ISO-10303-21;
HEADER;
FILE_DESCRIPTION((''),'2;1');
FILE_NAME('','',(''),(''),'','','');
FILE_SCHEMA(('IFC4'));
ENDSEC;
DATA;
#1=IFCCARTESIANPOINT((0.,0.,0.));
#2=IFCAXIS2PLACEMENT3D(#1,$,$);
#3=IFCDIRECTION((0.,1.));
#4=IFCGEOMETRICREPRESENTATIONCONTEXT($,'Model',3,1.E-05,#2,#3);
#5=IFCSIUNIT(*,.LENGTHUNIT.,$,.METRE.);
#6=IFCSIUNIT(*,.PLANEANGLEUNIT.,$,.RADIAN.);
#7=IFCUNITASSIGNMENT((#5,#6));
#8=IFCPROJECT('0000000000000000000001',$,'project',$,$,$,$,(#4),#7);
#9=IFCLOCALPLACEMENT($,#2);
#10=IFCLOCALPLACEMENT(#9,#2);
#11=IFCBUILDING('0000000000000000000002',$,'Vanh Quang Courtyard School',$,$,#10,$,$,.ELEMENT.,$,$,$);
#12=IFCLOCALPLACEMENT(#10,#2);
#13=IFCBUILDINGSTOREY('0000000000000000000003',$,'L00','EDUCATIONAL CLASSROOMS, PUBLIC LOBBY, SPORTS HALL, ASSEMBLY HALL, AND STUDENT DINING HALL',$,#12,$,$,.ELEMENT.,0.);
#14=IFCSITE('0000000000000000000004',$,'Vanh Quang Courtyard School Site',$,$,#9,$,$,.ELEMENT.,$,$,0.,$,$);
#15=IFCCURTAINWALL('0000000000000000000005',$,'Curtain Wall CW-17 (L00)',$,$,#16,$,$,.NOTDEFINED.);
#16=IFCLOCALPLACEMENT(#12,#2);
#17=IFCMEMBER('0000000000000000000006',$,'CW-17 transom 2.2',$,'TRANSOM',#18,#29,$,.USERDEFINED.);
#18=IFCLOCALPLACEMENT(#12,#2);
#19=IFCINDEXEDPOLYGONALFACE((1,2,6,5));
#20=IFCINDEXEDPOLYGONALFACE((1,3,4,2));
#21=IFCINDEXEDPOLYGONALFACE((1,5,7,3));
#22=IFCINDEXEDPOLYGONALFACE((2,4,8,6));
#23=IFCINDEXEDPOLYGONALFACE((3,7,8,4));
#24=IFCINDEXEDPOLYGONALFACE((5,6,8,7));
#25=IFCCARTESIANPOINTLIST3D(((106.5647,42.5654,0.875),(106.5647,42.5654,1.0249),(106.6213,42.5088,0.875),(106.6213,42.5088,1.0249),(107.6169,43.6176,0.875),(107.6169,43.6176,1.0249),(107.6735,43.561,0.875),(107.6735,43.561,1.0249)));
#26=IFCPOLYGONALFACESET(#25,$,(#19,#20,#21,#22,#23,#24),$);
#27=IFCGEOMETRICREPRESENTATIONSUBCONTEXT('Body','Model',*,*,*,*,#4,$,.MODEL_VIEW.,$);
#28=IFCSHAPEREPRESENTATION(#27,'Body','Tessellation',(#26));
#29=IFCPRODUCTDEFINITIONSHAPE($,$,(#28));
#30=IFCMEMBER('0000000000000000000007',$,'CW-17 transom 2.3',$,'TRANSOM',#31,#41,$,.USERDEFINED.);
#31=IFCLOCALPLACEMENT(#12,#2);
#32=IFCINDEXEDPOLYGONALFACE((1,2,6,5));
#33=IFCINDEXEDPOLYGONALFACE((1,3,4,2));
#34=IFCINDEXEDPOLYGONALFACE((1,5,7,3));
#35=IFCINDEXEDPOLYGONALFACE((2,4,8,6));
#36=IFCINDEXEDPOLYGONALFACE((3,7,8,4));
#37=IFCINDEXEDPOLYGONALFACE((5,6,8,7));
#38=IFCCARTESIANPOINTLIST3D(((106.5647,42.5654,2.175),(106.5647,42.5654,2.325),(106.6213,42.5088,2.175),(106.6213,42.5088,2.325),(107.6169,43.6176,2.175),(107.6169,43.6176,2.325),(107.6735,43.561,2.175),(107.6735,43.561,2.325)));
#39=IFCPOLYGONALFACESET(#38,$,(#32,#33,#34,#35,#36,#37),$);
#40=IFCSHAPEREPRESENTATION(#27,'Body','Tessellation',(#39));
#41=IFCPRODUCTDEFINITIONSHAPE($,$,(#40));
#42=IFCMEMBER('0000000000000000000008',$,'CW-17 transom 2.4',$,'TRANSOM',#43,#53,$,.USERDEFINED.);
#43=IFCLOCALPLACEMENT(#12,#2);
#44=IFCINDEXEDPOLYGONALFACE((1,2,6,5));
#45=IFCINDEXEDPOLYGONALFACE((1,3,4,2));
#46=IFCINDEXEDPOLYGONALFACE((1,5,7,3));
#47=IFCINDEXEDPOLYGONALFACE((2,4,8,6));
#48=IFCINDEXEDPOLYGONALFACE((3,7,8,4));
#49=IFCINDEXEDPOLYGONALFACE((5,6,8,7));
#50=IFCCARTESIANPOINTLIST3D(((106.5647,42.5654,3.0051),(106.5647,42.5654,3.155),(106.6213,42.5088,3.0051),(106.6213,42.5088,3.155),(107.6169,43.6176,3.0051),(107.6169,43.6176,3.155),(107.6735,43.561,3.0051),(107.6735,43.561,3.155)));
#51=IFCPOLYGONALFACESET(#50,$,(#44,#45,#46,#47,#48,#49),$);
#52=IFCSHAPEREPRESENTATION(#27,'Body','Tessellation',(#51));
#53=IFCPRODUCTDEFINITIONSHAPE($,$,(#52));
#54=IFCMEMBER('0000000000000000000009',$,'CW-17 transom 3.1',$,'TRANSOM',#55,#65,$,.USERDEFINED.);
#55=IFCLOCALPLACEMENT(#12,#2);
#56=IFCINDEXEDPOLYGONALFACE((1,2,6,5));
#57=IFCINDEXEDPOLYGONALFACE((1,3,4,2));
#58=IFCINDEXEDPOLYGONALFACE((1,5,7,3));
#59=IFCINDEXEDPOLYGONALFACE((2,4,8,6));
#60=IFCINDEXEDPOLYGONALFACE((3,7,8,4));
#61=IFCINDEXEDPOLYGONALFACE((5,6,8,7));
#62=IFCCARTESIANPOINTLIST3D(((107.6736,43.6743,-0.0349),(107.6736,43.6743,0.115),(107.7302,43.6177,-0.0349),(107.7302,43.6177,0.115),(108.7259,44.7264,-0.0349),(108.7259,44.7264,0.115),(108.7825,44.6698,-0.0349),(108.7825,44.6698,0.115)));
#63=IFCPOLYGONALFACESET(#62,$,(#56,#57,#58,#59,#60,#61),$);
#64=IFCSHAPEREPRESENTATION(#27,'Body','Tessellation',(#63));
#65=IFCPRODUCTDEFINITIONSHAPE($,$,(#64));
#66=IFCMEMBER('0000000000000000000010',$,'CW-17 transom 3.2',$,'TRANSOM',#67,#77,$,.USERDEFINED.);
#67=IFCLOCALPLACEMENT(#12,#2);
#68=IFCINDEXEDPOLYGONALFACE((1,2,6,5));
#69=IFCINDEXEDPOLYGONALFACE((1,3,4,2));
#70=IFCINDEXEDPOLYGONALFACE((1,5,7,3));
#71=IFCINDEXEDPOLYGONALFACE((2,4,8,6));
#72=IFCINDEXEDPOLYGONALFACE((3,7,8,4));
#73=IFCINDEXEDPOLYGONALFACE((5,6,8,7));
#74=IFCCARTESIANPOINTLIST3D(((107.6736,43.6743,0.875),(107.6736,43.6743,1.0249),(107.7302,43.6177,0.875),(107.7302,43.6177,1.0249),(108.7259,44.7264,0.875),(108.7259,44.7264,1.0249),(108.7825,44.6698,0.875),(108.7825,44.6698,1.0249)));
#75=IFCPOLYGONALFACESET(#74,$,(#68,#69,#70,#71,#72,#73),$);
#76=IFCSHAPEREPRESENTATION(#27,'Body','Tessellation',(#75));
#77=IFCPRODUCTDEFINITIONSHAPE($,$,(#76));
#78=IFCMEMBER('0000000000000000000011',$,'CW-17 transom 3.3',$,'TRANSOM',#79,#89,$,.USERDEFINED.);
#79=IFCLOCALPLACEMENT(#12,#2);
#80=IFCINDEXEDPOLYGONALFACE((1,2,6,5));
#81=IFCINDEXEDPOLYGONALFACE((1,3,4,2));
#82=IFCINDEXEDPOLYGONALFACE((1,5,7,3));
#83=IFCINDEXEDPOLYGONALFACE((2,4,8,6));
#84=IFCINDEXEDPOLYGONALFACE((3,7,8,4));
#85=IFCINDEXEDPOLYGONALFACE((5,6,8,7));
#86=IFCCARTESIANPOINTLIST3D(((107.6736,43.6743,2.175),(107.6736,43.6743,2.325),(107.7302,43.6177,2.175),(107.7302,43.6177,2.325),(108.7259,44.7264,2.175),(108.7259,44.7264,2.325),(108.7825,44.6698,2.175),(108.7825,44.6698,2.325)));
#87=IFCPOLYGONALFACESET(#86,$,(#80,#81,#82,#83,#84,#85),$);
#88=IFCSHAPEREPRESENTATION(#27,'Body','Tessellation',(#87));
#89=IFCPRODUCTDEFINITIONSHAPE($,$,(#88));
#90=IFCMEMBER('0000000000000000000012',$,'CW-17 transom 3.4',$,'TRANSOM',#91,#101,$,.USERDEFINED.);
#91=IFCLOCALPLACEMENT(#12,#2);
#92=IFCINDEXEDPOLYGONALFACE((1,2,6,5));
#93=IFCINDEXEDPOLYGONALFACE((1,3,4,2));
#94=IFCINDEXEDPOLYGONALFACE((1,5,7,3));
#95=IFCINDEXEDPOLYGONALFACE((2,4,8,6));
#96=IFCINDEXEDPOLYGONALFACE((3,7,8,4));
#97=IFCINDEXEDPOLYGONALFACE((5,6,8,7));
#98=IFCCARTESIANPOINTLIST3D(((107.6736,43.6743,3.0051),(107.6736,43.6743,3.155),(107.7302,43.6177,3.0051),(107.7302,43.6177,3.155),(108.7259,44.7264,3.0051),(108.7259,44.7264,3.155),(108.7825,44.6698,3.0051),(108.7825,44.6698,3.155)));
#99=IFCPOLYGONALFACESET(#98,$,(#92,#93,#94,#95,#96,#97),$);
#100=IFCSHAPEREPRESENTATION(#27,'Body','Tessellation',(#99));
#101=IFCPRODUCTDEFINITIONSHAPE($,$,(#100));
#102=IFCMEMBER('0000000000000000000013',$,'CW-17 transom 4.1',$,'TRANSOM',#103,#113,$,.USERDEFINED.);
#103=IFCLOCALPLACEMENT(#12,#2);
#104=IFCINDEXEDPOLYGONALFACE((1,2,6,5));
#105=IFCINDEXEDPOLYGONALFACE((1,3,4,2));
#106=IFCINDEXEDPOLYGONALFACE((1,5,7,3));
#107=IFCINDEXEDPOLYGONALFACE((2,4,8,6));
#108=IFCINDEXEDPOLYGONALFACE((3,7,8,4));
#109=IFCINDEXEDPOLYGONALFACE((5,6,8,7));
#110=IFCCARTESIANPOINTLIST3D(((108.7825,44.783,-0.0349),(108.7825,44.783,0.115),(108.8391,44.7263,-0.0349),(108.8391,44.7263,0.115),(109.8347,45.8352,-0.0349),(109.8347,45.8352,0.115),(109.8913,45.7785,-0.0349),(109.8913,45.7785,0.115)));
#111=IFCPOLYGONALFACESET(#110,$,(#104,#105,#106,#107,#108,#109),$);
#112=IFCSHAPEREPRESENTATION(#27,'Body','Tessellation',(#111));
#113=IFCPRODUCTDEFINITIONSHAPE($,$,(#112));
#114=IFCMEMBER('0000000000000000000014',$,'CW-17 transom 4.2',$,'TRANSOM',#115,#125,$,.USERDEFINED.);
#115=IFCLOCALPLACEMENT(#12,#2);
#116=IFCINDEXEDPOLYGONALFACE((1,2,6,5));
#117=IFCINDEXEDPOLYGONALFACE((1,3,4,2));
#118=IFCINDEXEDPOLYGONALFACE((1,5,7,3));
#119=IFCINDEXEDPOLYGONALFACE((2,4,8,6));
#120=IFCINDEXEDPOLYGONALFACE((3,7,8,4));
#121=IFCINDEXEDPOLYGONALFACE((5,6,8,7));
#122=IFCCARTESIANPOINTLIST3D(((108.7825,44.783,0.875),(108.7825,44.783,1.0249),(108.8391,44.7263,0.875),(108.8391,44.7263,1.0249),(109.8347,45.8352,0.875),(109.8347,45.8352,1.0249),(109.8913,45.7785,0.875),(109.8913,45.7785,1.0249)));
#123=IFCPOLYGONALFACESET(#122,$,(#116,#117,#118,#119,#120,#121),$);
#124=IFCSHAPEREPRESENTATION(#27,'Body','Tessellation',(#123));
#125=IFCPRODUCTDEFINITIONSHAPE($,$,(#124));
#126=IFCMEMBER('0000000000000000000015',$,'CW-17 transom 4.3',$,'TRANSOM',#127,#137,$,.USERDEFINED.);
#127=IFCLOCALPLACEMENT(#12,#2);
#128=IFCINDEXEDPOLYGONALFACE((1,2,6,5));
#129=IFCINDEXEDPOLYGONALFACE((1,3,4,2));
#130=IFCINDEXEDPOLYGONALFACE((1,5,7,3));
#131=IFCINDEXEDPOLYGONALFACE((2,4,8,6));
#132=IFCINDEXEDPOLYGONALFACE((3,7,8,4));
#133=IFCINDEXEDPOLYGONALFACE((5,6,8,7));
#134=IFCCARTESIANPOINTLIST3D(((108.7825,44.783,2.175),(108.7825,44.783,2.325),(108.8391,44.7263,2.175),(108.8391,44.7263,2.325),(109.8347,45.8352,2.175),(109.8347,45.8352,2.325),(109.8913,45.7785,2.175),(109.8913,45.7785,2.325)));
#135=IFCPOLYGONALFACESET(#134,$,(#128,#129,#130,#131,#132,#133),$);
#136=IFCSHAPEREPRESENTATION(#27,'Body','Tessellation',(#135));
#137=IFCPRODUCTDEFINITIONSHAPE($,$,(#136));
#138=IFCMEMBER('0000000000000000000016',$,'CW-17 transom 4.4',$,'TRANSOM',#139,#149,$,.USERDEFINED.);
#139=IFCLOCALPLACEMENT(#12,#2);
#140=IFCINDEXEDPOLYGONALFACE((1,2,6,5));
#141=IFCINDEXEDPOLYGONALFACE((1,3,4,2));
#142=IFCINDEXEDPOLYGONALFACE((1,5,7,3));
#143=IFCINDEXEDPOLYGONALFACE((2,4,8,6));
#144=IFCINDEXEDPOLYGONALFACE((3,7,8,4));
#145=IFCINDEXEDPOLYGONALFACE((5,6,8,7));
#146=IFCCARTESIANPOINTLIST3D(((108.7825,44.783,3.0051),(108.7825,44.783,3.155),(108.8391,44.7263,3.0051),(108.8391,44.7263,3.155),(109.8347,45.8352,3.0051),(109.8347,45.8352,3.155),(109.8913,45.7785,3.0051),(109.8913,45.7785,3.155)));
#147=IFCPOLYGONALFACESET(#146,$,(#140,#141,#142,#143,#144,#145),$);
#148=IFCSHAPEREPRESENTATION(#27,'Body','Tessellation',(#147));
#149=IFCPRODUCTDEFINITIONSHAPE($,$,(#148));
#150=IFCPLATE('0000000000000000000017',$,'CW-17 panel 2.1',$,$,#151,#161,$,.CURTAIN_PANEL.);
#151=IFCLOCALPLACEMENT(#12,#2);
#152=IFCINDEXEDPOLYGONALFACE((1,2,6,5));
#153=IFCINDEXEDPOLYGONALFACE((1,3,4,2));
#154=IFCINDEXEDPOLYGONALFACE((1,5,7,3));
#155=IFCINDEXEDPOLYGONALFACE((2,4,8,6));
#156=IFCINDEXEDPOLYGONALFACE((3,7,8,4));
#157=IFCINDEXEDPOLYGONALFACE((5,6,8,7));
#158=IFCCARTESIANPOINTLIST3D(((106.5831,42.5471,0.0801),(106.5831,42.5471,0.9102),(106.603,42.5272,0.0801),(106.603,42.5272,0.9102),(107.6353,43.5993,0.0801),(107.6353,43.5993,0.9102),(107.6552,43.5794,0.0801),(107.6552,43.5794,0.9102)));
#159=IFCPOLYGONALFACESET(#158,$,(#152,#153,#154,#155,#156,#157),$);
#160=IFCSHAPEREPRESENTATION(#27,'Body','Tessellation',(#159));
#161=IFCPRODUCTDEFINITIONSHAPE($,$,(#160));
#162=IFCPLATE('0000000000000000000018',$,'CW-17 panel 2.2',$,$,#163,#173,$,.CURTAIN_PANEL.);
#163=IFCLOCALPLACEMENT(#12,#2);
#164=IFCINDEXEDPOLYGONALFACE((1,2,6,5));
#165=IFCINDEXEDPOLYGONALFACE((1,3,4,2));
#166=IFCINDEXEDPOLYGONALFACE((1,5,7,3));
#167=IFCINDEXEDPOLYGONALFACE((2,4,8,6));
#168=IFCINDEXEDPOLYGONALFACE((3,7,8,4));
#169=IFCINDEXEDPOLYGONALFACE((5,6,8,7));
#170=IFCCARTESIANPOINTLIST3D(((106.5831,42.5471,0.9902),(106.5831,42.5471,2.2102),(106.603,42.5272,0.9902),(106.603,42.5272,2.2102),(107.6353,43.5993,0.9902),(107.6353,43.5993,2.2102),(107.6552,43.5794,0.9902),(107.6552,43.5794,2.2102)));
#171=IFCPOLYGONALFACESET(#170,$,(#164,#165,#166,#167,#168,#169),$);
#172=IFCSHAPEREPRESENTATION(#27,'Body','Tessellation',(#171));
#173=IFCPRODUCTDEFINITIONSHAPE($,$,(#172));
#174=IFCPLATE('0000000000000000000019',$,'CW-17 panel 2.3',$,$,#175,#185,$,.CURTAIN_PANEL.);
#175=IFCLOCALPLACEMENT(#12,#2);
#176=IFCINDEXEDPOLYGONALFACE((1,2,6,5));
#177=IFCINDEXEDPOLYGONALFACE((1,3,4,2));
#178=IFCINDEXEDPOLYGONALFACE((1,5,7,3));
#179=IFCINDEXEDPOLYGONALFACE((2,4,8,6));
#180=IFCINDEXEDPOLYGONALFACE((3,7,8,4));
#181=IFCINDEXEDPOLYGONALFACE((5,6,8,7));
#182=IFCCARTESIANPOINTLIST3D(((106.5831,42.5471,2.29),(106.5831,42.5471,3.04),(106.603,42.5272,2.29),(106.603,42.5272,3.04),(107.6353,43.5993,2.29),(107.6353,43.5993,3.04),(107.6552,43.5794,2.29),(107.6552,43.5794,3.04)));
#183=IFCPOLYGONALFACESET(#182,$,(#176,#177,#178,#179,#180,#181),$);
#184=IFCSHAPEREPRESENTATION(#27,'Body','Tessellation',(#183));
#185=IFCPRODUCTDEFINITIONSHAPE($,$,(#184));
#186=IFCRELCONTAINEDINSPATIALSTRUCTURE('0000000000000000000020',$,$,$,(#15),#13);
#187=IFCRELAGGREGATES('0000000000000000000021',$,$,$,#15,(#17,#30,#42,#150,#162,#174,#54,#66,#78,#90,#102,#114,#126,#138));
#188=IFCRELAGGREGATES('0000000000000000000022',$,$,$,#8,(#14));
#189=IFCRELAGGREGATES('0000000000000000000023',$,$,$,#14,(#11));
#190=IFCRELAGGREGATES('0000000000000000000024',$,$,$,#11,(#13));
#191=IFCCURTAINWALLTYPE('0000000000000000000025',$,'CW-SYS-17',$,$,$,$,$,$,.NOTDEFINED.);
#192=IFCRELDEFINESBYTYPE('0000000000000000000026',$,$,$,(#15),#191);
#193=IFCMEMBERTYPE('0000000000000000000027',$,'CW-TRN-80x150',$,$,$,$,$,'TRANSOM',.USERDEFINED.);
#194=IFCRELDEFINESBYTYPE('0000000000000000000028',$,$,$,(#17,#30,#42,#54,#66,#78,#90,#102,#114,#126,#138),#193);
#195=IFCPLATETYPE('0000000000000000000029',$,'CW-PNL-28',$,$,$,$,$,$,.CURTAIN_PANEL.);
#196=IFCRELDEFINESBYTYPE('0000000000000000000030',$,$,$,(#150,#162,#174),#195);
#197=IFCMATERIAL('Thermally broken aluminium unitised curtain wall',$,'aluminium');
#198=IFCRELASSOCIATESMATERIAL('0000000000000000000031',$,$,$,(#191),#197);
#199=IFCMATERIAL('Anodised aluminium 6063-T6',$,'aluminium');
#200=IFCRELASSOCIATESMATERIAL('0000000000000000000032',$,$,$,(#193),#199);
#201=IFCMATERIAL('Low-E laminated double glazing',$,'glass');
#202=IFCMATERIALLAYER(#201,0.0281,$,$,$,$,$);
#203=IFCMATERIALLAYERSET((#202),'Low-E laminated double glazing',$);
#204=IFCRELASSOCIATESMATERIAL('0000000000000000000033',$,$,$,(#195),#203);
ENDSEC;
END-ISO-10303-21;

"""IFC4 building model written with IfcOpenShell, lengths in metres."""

from ifc_helpers import new_model, si_unit, direction, frame, origin, origin_2d, place, context, subcontext, project, spatial, rectangle, extrude, material, layer, layer_set, material_profile, profile_set, type_object, element, aggregate, save


model = new_model("IFC4")

# Units and contexts
model_context = context("Model", 3, precision=1e-05, world=origin(), true_north=direction((0.0, 1.0)))
body_context = subcontext(model_context, "Body", "Model", "MODEL_VIEW")
ifc_project = project(units=[si_unit("LENGTHUNIT", "METRE"), si_unit("PLANEANGLEUNIT", "RADIAN")], contexts=[model_context])

# Site, building, storey
site_placement = place(None, origin())
site = spatial("IfcSite", under=ifc_project, at=site_placement, Name="Vanh Quang Courtyard School Site", CompositionType="ELEMENT", RefElevation=0.0)
building_placement = place(site_placement, origin())
building = spatial("IfcBuilding", under=site, at=building_placement, Name="Vanh Quang Courtyard School", CompositionType="ELEMENT")
storey_placement = place(building_placement, origin())
storey = spatial("IfcBuildingStorey", under=building, at=storey_placement, Name="L00", Description="EDUCATIONAL CLASSROOMS, PUBLIC LOBBY, SPORTS HALL, ASSEMBLY HALL, AND STUDENT DINING HALL", CompositionType="ELEMENT", Elevation=0.0)

# Curtain wall, members, plates
ifc_material_1 = material(Name="Thermally broken aluminium unitised curtain wall", Category="aluminium")
curtain_wall_type = type_object("IfcCurtainWallType", Name="CW-SYS-17", PredefinedType="NOTDEFINED", material=ifc_material_1)
curtain_wall_placement = place(storey_placement, origin())
curtain_wall = element("IfcCurtainWall", 1, at=curtain_wall_placement, inside=storey, type_object=curtain_wall_type, Name="Curtain Wall CW-17 (L00)", PredefinedType="NOTDEFINED")
ifc_material_2 = material(Name="Anodised aluminium 6063-T6", Category="aluminium")
ifc_material_profile_1 = material_profile(ifc_material_2, rectangle(XDim=0.0801, YDim=0.1499, at=origin_2d()), Name="ALU-TRN 80x150")
ifc_profile_set_1 = profile_set([ifc_material_profile_1], Name="Anodised aluminium 6063-T6")
member_type_1 = type_object("IfcMemberType", Name="CW-TRN-80x150", ElementType="TRANSOM", PredefinedType="USERDEFINED", material=ifc_profile_set_1)
member_1_placement = place(storey_placement, frame((106.593, 42.5371, 0.95), z_axis=(0.707107, 0.707107, 0.0), x_axis=(-0.707107, 0.707107, 0.0)))
member_1 = element("IfcMember", 2, at=member_1_placement, type_object=member_type_1, Name="CW-17 transom 2.2", ObjectType="TRANSOM", PredefinedType="USERDEFINED", context=body_context, shape_type="SweptSolid", body=[
    extrude(rectangle(XDim=0.0801, YDim=0.1499, at=origin_2d()), origin(), (0.0, 0.0, 1.0), 1.488),
])
member_2_placement = place(storey_placement, frame((106.593, 42.5371, 2.25), z_axis=(0.707107, 0.707107, 0.0), x_axis=(-0.707107, 0.707107, 0.0)))
member_2 = element("IfcMember", 3, at=member_2_placement, type_object=member_type_1, Name="CW-17 transom 2.3", ObjectType="TRANSOM", PredefinedType="USERDEFINED", context=body_context, shape_type="SweptSolid", body=[
    extrude(rectangle(XDim=0.0801, YDim=0.1499, at=origin_2d()), origin(), (0.0, 0.0, 1.0), 1.488),
])
member_3_placement = place(storey_placement, frame((106.593, 42.5371, 3.0801), z_axis=(0.707107, 0.707107, 0.0), x_axis=(-0.707107, 0.707107, 0.0)))
member_3 = element("IfcMember", 4, at=member_3_placement, type_object=member_type_1, Name="CW-17 transom 2.4", ObjectType="TRANSOM", PredefinedType="USERDEFINED", context=body_context, shape_type="SweptSolid", body=[
    extrude(rectangle(XDim=0.0801, YDim=0.1499, at=origin_2d()), origin(), (0.0, 0.0, 1.0), 1.488),
])
member_4_placement = place(storey_placement, frame((107.7019, 43.646, 0.04), z_axis=(0.707189, 0.707025, 0.0), x_axis=(-0.707025, 0.707189, 0.0)))
member_4 = element("IfcMember", 5, at=member_4_placement, type_object=member_type_1, Name="CW-17 transom 3.1", ObjectType="TRANSOM", PredefinedType="USERDEFINED", context=body_context, shape_type="SweptSolid", body=[
    extrude(rectangle(XDim=0.0801, YDim=0.1499, at=origin_2d()), origin(), (0.0, 0.0, 1.0), 1.488),
])
member_5_placement = place(storey_placement, frame((107.7019, 43.646, 0.95), z_axis=(0.707189, 0.707025, 0.0), x_axis=(-0.707025, 0.707189, 0.0)))
member_5 = element("IfcMember", 6, at=member_5_placement, type_object=member_type_1, Name="CW-17 transom 3.2", ObjectType="TRANSOM", PredefinedType="USERDEFINED", context=body_context, shape_type="SweptSolid", body=[
    extrude(rectangle(XDim=0.0801, YDim=0.1499, at=origin_2d()), origin(), (0.0, 0.0, 1.0), 1.488),
])
member_6_placement = place(storey_placement, frame((107.7019, 43.646, 2.25), z_axis=(0.707189, 0.707025, 0.0), x_axis=(-0.707025, 0.707189, 0.0)))
member_6 = element("IfcMember", 7, at=member_6_placement, type_object=member_type_1, Name="CW-17 transom 3.3", ObjectType="TRANSOM", PredefinedType="USERDEFINED", context=body_context, shape_type="SweptSolid", body=[
    extrude(rectangle(XDim=0.0801, YDim=0.1499, at=origin_2d()), origin(), (0.0, 0.0, 1.0), 1.488),
])
member_7_placement = place(storey_placement, frame((107.7019, 43.646, 3.0801), z_axis=(0.707189, 0.707025, 0.0), x_axis=(-0.707025, 0.707189, 0.0)))
member_7 = element("IfcMember", 8, at=member_7_placement, type_object=member_type_1, Name="CW-17 transom 3.4", ObjectType="TRANSOM", PredefinedType="USERDEFINED", context=body_context, shape_type="SweptSolid", body=[
    extrude(rectangle(XDim=0.0801, YDim=0.1499, at=origin_2d()), origin(), (0.0, 0.0, 1.0), 1.488),
])
member_8_placement = place(storey_placement, frame((108.8108, 44.7546, 0.04), z_axis=(0.707107, 0.707107, 0.0), x_axis=(-0.707107, 0.707107, 0.0)))
member_8 = element("IfcMember", 9, at=member_8_placement, type_object=member_type_1, Name="CW-17 transom 4.1", ObjectType="TRANSOM", PredefinedType="USERDEFINED", context=body_context, shape_type="SweptSolid", body=[
    extrude(rectangle(XDim=0.0801, YDim=0.1499, at=origin_2d()), origin(), (0.0, 0.0, 1.0), 1.488),
])
member_9_placement = place(storey_placement, frame((108.8108, 44.7546, 0.95), z_axis=(0.707107, 0.707107, 0.0), x_axis=(-0.707107, 0.707107, 0.0)))
member_9 = element("IfcMember", 10, at=member_9_placement, type_object=member_type_1, Name="CW-17 transom 4.2", ObjectType="TRANSOM", PredefinedType="USERDEFINED", context=body_context, shape_type="SweptSolid", body=[
    extrude(rectangle(XDim=0.0801, YDim=0.1499, at=origin_2d()), origin(), (0.0, 0.0, 1.0), 1.488),
])
member_10_placement = place(storey_placement, frame((108.8108, 44.7546, 2.25), z_axis=(0.707107, 0.707107, 0.0), x_axis=(-0.707107, 0.707107, 0.0)))
member_10 = element("IfcMember", 11, at=member_10_placement, type_object=member_type_1, Name="CW-17 transom 4.3", ObjectType="TRANSOM", PredefinedType="USERDEFINED", context=body_context, shape_type="SweptSolid", body=[
    extrude(rectangle(XDim=0.0801, YDim=0.1499, at=origin_2d()), origin(), (0.0, 0.0, 1.0), 1.488),
])
member_11_placement = place(storey_placement, frame((108.8108, 44.7546, 3.0801), z_axis=(0.707107, 0.707107, 0.0), x_axis=(-0.707107, 0.707107, 0.0)))
member_11 = element("IfcMember", 12, at=member_11_placement, type_object=member_type_1, Name="CW-17 transom 4.4", ObjectType="TRANSOM", PredefinedType="USERDEFINED", context=body_context, shape_type="SweptSolid", body=[
    extrude(rectangle(XDim=0.0801, YDim=0.1499, at=origin_2d()), origin(), (0.0, 0.0, 1.0), 1.488),
])
ifc_material_3 = material(Name="Low-E laminated double glazing", Category="glass")
ifc_layer_1 = layer(ifc_material_3, 0.0281)
ifc_layer_set_1 = layer_set([ifc_layer_1], Name="Low-E laminated double glazing")
plate_type = type_object("IfcPlateType", Name="CW-PNL-28", PredefinedType="CURTAIN_PANEL", material=ifc_layer_set_1)
plate_1_placement = place(storey_placement, frame((107.1191, 43.0632, 0.0801), z_axis=(0.0, 0.0, 1.0), x_axis=(0.707107, 0.707107, 0.0)))
plate_1 = element("IfcPlate", 13, at=plate_1_placement, type_object=plate_type, Name="CW-17 panel 2.1", PredefinedType="CURTAIN_PANEL", context=body_context, shape_type="SweptSolid", body=[
    extrude(rectangle(XDim=1.488, YDim=0.0281, at=origin_2d()), origin(), (0.0, 0.0, 1.0), 0.8301),
])
plate_2_placement = place(storey_placement, frame((107.1191, 43.0632, 0.9902), z_axis=(0.0, 0.0, 1.0), x_axis=(0.707107, 0.707107, 0.0)))
plate_2 = element("IfcPlate", 14, at=plate_2_placement, type_object=plate_type, Name="CW-17 panel 2.2", PredefinedType="CURTAIN_PANEL", context=body_context, shape_type="SweptSolid", body=[
    extrude(rectangle(XDim=1.488, YDim=0.0281, at=origin_2d()), origin(), (0.0, 0.0, 1.0), 1.22),
])
plate_3_placement = place(storey_placement, frame((107.1191, 43.0632, 2.29), z_axis=(0.0, 0.0, 1.0), x_axis=(0.707107, 0.707107, 0.0)))
plate_3 = element("IfcPlate", 15, at=plate_3_placement, type_object=plate_type, Name="CW-17 panel 2.3", PredefinedType="CURTAIN_PANEL", context=body_context, shape_type="SweptSolid", body=[
    extrude(rectangle(XDim=1.488, YDim=0.0281, at=origin_2d()), origin(), (0.0, 0.0, 1.0), 0.75),
])
aggregate(curtain_wall, [member_1, member_2, member_3, plate_1, plate_2, plate_3, member_4, member_5, member_6, member_7, member_8, member_9, member_10, member_11])

save(model, "model.ifc")
